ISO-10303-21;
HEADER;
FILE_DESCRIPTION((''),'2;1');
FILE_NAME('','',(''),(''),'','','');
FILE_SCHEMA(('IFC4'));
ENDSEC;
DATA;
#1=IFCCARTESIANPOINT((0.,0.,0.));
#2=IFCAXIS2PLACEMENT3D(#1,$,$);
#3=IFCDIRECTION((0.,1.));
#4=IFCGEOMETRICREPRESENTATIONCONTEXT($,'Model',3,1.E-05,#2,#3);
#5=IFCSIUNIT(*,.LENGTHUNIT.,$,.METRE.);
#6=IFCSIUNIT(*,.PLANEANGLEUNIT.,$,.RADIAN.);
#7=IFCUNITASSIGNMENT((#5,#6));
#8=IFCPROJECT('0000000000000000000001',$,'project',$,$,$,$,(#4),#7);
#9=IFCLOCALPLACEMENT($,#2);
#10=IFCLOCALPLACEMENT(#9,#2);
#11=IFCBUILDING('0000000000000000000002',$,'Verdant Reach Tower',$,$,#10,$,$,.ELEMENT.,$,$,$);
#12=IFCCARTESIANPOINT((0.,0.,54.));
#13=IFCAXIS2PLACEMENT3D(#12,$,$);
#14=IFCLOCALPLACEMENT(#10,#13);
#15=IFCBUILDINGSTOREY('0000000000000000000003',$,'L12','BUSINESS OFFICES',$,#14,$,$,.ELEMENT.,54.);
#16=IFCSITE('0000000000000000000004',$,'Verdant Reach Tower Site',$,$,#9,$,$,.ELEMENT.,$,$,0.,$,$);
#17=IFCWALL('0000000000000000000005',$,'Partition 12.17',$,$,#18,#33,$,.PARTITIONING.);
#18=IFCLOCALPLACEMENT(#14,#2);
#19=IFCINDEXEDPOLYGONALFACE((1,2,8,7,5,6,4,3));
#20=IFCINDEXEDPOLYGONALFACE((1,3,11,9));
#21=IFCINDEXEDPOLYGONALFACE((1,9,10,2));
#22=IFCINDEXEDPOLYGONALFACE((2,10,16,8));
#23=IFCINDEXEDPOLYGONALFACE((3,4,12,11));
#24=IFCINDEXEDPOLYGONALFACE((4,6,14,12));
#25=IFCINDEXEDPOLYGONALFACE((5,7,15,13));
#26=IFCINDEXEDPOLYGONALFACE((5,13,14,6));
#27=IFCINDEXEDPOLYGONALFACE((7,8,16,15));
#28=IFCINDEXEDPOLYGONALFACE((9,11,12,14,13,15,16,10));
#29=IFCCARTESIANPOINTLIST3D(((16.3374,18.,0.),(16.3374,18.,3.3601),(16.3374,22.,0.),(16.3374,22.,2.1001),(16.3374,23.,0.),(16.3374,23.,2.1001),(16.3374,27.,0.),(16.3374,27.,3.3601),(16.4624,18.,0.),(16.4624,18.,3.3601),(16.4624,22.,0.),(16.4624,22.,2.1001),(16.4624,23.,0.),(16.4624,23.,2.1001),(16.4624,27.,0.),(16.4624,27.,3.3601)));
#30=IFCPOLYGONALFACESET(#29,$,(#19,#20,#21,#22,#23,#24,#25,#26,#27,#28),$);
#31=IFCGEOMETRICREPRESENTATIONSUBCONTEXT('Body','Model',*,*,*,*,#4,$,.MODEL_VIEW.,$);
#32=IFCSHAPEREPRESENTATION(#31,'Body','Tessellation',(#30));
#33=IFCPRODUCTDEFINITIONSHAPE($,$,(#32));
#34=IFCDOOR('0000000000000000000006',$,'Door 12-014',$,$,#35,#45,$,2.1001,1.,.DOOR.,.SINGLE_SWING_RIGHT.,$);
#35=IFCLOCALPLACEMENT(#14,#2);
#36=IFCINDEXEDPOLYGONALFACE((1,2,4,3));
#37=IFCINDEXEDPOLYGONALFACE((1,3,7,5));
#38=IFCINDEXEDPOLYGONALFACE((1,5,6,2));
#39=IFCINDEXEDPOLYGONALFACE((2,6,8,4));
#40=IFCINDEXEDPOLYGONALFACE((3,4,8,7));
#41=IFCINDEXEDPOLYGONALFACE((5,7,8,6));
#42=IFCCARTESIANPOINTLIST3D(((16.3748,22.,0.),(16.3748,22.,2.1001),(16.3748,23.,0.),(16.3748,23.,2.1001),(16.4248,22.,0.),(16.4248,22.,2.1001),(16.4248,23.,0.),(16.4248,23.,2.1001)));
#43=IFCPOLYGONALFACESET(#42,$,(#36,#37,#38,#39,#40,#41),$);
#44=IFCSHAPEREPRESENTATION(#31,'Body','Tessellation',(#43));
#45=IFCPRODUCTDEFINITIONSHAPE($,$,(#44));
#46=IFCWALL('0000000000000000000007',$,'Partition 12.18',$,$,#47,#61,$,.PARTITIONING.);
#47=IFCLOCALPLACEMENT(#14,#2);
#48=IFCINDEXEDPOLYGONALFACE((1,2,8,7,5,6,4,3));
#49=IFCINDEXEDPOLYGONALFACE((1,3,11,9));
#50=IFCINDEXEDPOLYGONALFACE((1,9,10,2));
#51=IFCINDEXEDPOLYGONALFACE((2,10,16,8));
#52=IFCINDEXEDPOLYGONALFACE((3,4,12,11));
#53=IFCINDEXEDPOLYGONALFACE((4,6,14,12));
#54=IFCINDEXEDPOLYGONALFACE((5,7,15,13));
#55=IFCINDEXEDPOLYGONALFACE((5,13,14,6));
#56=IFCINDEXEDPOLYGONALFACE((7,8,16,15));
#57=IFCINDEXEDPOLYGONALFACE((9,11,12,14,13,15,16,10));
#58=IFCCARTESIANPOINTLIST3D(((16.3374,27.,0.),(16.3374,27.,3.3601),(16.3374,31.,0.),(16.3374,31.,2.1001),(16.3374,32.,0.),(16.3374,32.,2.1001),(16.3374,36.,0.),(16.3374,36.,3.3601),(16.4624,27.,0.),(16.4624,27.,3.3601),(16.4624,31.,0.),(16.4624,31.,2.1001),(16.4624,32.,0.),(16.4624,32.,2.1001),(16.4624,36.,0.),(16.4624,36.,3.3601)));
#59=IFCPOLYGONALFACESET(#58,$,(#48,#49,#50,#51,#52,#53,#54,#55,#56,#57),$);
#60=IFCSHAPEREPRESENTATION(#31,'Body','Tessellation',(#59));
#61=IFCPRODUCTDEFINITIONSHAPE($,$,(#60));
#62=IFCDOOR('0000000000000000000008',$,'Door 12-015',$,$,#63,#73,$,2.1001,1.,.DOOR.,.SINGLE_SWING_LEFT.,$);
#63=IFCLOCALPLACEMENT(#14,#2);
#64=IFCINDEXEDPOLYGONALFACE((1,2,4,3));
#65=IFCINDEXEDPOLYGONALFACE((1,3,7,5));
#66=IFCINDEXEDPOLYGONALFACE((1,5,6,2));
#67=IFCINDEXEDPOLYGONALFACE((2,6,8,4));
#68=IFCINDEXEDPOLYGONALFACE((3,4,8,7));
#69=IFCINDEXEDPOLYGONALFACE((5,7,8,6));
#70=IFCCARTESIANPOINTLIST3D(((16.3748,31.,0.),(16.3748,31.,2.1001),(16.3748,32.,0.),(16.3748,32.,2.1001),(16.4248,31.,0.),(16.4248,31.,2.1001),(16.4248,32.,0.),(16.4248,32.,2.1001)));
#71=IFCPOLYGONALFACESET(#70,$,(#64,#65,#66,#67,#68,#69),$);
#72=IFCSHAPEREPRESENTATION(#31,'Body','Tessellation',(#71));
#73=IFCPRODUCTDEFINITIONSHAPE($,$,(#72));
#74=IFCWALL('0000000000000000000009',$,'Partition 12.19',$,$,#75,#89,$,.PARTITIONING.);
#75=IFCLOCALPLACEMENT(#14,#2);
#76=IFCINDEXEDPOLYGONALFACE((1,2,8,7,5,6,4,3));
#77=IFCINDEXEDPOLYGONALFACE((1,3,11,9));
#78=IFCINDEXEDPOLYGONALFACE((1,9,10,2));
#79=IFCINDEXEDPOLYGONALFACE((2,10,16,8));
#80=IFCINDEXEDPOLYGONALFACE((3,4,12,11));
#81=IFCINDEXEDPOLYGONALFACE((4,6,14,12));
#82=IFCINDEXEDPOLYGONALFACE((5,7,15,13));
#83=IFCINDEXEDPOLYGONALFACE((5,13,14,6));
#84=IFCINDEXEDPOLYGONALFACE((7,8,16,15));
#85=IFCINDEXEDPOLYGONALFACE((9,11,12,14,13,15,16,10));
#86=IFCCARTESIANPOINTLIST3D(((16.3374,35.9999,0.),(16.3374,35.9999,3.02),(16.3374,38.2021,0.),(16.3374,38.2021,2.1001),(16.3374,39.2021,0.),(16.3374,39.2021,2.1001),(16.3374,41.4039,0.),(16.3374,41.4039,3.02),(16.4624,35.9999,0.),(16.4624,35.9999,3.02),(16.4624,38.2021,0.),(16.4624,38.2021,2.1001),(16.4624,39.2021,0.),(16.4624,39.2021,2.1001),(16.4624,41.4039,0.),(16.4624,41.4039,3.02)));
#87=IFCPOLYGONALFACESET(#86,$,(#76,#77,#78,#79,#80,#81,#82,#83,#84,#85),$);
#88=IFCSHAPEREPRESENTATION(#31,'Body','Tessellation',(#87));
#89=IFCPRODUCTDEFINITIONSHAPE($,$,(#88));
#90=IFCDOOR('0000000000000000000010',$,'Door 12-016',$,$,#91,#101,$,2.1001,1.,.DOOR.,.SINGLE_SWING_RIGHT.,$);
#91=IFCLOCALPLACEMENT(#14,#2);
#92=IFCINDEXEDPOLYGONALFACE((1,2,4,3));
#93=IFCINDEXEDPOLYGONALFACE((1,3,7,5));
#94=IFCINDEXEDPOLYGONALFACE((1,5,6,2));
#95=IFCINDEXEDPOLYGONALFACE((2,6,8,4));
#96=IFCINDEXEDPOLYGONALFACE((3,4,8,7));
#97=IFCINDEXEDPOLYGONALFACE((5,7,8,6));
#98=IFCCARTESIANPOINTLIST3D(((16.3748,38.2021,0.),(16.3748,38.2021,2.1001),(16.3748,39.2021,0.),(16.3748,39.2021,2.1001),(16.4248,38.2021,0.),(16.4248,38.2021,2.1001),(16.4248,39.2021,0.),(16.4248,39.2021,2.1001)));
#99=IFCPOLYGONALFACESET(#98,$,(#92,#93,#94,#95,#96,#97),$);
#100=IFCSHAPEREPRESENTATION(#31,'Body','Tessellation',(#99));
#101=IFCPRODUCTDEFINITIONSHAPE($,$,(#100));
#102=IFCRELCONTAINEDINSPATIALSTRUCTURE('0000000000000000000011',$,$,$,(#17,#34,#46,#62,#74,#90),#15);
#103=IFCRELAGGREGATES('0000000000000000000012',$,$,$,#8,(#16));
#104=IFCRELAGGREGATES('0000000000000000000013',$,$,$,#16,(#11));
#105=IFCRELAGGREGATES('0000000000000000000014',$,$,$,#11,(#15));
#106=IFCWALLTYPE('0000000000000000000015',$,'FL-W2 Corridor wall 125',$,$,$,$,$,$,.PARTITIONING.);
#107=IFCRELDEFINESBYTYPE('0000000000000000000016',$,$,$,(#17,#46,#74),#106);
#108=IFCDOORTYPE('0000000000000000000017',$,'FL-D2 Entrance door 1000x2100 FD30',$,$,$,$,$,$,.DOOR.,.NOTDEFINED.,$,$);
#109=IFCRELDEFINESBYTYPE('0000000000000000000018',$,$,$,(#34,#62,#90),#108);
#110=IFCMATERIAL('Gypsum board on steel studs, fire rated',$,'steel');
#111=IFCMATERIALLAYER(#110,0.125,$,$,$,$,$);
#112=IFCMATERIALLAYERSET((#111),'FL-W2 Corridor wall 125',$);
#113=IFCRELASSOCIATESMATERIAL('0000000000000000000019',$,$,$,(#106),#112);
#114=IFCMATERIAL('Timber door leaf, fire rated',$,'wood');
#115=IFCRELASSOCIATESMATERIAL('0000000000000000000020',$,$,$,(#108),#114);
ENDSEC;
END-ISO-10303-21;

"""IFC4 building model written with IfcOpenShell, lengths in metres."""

from ifc_helpers import new_model, si_unit, direction, frame, frame_2d, origin, place, context, subcontext, project, spatial, rectangle, extrude, material, layer, layer_set, type_object, element, fill, save


model = new_model("IFC4")

# Units and contexts
model_context = context("Model", 3, precision=1e-05, world=origin(), true_north=direction((0.0, 1.0)))
body_context = subcontext(model_context, "Body", "Model", "MODEL_VIEW")
ifc_project = project(units=[si_unit("LENGTHUNIT", "METRE"), si_unit("PLANEANGLEUNIT", "RADIAN")], contexts=[model_context])

# Site, building, storey
site_placement = place(None, origin())
site = spatial("IfcSite", under=ifc_project, at=site_placement, Name="Verdant Reach Tower Site", CompositionType="ELEMENT", RefElevation=0.0)
building_placement = place(site_placement, origin())
building = spatial("IfcBuilding", under=site, at=building_placement, Name="Verdant Reach Tower", CompositionType="ELEMENT")
storey_placement = place(building_placement, frame((0.0, 0.0, 54.0)))
storey = spatial("IfcBuildingStorey", under=building, at=storey_placement, Name="L12", Description="BUSINESS OFFICES", CompositionType="ELEMENT", Elevation=54.0)

# Walls, openings, doors
ifc_material_1 = material(Name="Gypsum board on steel studs, fire rated", Category="steel")
ifc_layer_1 = layer(ifc_material_1, 0.125)
ifc_layer_set_1 = layer_set([ifc_layer_1], Name="FL-W2 Corridor wall 125")
wall_type_1 = type_object("IfcWallType", Name="FL-W2 Corridor wall 125", PredefinedType="PARTITIONING", material=ifc_layer_set_1)
wall_1_placement = place(storey_placement, frame((16.3999, 27.0, 0.0), z_axis=(0.0, 0.0, 1.0), x_axis=(0.0, -1.0, 0.0)))
wall_1 = element("IfcWall", 1, at=wall_1_placement, inside=storey, type_object=wall_type_1, Name="Partition 12.17", PredefinedType="PARTITIONING", context=body_context, shape_type="SweptSolid", body=[
    extrude(rectangle(XDim=9.0, YDim=0.125, at=frame_2d((4.5, 0.0))), origin(), (0.0, 0.0, 1.0), 3.3601),
])
opening_1_placement = place(wall_1_placement, frame((4.0, 0.0, 0.0)))
opening_1 = element("IfcOpeningElement", 2, at=opening_1_placement, cuts=wall_1, PredefinedType="OPENING", context=body_context, shape_type="SweptSolid", body=[
    extrude(rectangle(XDim=1.0, YDim=2.1001, at=frame_2d((0.5, 1.05))), frame((0.0, 0.0725, 0.0), z_axis=(0.0, -1.0, 0.0), x_axis=(1.0, 0.0, 0.0)), (0.0, 0.0, 1.0), 0.145),
])
ifc_material_2 = material(Name="Timber door leaf, fire rated", Category="wood")
door_type = type_object("IfcDoorType", Name="FL-D2 Entrance door 1000x2100 FD30", OperationType="NOTDEFINED", PredefinedType="DOOR", material=ifc_material_2)
door_1_placement = place(opening_1_placement, origin())
door_1 = element("IfcDoor", 3, at=door_1_placement, inside=storey, type_object=door_type, Name="Door 12-014", OperationType="SINGLE_SWING_RIGHT", OverallHeight=2.1001, OverallWidth=1.0, PredefinedType="DOOR", context=body_context, shape_type="SweptSolid", body=[
    extrude(rectangle(XDim=1.0, YDim=2.1001, at=frame_2d((0.5, 1.05))), frame((0.0, 0.0249, 0.0), z_axis=(0.0, -1.0, 0.0), x_axis=(1.0, 0.0, 0.0)), (0.0, 0.0, 1.0), 0.05),
])
fill(opening_1, door_1)
wall_2_placement = place(storey_placement, frame((16.3999, 36.0, 0.0), z_axis=(0.0, 0.0, 1.0), x_axis=(0.0, -1.0, 0.0)))
wall_2 = element("IfcWall", 4, at=wall_2_placement, inside=storey, type_object=wall_type_1, Name="Partition 12.18", PredefinedType="PARTITIONING", context=body_context, shape_type="SweptSolid", body=[
    extrude(rectangle(XDim=9.0, YDim=0.125, at=frame_2d((4.5, 0.0))), origin(), (0.0, 0.0, 1.0), 3.3601),
])
opening_2_placement = place(wall_2_placement, frame((4.0, 0.0, 0.0)))
opening_2 = element("IfcOpeningElement", 5, at=opening_2_placement, cuts=wall_2, PredefinedType="OPENING", context=body_context, shape_type="SweptSolid", body=[
    extrude(rectangle(XDim=1.0, YDim=2.1001, at=frame_2d((0.5, 1.05))), frame((0.0, 0.0725, 0.0), z_axis=(0.0, -1.0, 0.0), x_axis=(1.0, 0.0, 0.0)), (0.0, 0.0, 1.0), 0.145),
])
door_2_placement = place(opening_2_placement, origin())
door_2 = element("IfcDoor", 6, at=door_2_placement, inside=storey, type_object=door_type, Name="Door 12-015", OperationType="SINGLE_SWING_LEFT", OverallHeight=2.1001, OverallWidth=1.0, PredefinedType="DOOR", context=body_context, shape_type="SweptSolid", body=[
    extrude(rectangle(XDim=1.0, YDim=2.1001, at=frame_2d((0.5, 1.05))), frame((0.0, 0.0249, 0.0), z_axis=(0.0, -1.0, 0.0), x_axis=(1.0, 0.0, 0.0)), (0.0, 0.0, 1.0), 0.05),
])
fill(opening_2, door_2)
wall_3_placement = place(storey_placement, frame((16.3999, 41.4041, 0.0), z_axis=(0.0, 0.0, 1.0), x_axis=(0.0, -1.0, 0.0)))
wall_3 = element("IfcWall", 7, at=wall_3_placement, inside=storey, type_object=wall_type_1, Name="Partition 12.19", PredefinedType="PARTITIONING", context=body_context, shape_type="SweptSolid", body=[
    extrude(rectangle(XDim=5.4041, YDim=0.125, at=frame_2d((2.7021, 0.0))), origin(), (0.0, 0.0, 1.0), 3.02),
])
opening_3_placement = place(wall_3_placement, frame((2.2019, 0.0, 0.0)))
opening_3 = element("IfcOpeningElement", 8, at=opening_3_placement, cuts=wall_3, PredefinedType="OPENING", context=body_context, shape_type="SweptSolid", body=[
    extrude(rectangle(XDim=1.0, YDim=2.1001, at=frame_2d((0.5, 1.05))), frame((0.0, 0.0725, 0.0), z_axis=(0.0, -1.0, 0.0), x_axis=(1.0, 0.0, 0.0)), (0.0, 0.0, 1.0), 0.145),
])
door_3_placement = place(opening_3_placement, origin())
door_3 = element("IfcDoor", 9, at=door_3_placement, inside=storey, type_object=door_type, Name="Door 12-016", OperationType="SINGLE_SWING_RIGHT", OverallHeight=2.1001, OverallWidth=1.0, PredefinedType="DOOR", context=body_context, shape_type="SweptSolid", body=[
    extrude(rectangle(XDim=1.0, YDim=2.1001, at=frame_2d((0.5, 1.05))), frame((0.0, 0.0249, 0.0), z_axis=(0.0, -1.0, 0.0), x_axis=(1.0, 0.0, 0.0)), (0.0, 0.0, 1.0), 0.05),
])
fill(opening_3, door_3)

save(model, "model.ifc")
